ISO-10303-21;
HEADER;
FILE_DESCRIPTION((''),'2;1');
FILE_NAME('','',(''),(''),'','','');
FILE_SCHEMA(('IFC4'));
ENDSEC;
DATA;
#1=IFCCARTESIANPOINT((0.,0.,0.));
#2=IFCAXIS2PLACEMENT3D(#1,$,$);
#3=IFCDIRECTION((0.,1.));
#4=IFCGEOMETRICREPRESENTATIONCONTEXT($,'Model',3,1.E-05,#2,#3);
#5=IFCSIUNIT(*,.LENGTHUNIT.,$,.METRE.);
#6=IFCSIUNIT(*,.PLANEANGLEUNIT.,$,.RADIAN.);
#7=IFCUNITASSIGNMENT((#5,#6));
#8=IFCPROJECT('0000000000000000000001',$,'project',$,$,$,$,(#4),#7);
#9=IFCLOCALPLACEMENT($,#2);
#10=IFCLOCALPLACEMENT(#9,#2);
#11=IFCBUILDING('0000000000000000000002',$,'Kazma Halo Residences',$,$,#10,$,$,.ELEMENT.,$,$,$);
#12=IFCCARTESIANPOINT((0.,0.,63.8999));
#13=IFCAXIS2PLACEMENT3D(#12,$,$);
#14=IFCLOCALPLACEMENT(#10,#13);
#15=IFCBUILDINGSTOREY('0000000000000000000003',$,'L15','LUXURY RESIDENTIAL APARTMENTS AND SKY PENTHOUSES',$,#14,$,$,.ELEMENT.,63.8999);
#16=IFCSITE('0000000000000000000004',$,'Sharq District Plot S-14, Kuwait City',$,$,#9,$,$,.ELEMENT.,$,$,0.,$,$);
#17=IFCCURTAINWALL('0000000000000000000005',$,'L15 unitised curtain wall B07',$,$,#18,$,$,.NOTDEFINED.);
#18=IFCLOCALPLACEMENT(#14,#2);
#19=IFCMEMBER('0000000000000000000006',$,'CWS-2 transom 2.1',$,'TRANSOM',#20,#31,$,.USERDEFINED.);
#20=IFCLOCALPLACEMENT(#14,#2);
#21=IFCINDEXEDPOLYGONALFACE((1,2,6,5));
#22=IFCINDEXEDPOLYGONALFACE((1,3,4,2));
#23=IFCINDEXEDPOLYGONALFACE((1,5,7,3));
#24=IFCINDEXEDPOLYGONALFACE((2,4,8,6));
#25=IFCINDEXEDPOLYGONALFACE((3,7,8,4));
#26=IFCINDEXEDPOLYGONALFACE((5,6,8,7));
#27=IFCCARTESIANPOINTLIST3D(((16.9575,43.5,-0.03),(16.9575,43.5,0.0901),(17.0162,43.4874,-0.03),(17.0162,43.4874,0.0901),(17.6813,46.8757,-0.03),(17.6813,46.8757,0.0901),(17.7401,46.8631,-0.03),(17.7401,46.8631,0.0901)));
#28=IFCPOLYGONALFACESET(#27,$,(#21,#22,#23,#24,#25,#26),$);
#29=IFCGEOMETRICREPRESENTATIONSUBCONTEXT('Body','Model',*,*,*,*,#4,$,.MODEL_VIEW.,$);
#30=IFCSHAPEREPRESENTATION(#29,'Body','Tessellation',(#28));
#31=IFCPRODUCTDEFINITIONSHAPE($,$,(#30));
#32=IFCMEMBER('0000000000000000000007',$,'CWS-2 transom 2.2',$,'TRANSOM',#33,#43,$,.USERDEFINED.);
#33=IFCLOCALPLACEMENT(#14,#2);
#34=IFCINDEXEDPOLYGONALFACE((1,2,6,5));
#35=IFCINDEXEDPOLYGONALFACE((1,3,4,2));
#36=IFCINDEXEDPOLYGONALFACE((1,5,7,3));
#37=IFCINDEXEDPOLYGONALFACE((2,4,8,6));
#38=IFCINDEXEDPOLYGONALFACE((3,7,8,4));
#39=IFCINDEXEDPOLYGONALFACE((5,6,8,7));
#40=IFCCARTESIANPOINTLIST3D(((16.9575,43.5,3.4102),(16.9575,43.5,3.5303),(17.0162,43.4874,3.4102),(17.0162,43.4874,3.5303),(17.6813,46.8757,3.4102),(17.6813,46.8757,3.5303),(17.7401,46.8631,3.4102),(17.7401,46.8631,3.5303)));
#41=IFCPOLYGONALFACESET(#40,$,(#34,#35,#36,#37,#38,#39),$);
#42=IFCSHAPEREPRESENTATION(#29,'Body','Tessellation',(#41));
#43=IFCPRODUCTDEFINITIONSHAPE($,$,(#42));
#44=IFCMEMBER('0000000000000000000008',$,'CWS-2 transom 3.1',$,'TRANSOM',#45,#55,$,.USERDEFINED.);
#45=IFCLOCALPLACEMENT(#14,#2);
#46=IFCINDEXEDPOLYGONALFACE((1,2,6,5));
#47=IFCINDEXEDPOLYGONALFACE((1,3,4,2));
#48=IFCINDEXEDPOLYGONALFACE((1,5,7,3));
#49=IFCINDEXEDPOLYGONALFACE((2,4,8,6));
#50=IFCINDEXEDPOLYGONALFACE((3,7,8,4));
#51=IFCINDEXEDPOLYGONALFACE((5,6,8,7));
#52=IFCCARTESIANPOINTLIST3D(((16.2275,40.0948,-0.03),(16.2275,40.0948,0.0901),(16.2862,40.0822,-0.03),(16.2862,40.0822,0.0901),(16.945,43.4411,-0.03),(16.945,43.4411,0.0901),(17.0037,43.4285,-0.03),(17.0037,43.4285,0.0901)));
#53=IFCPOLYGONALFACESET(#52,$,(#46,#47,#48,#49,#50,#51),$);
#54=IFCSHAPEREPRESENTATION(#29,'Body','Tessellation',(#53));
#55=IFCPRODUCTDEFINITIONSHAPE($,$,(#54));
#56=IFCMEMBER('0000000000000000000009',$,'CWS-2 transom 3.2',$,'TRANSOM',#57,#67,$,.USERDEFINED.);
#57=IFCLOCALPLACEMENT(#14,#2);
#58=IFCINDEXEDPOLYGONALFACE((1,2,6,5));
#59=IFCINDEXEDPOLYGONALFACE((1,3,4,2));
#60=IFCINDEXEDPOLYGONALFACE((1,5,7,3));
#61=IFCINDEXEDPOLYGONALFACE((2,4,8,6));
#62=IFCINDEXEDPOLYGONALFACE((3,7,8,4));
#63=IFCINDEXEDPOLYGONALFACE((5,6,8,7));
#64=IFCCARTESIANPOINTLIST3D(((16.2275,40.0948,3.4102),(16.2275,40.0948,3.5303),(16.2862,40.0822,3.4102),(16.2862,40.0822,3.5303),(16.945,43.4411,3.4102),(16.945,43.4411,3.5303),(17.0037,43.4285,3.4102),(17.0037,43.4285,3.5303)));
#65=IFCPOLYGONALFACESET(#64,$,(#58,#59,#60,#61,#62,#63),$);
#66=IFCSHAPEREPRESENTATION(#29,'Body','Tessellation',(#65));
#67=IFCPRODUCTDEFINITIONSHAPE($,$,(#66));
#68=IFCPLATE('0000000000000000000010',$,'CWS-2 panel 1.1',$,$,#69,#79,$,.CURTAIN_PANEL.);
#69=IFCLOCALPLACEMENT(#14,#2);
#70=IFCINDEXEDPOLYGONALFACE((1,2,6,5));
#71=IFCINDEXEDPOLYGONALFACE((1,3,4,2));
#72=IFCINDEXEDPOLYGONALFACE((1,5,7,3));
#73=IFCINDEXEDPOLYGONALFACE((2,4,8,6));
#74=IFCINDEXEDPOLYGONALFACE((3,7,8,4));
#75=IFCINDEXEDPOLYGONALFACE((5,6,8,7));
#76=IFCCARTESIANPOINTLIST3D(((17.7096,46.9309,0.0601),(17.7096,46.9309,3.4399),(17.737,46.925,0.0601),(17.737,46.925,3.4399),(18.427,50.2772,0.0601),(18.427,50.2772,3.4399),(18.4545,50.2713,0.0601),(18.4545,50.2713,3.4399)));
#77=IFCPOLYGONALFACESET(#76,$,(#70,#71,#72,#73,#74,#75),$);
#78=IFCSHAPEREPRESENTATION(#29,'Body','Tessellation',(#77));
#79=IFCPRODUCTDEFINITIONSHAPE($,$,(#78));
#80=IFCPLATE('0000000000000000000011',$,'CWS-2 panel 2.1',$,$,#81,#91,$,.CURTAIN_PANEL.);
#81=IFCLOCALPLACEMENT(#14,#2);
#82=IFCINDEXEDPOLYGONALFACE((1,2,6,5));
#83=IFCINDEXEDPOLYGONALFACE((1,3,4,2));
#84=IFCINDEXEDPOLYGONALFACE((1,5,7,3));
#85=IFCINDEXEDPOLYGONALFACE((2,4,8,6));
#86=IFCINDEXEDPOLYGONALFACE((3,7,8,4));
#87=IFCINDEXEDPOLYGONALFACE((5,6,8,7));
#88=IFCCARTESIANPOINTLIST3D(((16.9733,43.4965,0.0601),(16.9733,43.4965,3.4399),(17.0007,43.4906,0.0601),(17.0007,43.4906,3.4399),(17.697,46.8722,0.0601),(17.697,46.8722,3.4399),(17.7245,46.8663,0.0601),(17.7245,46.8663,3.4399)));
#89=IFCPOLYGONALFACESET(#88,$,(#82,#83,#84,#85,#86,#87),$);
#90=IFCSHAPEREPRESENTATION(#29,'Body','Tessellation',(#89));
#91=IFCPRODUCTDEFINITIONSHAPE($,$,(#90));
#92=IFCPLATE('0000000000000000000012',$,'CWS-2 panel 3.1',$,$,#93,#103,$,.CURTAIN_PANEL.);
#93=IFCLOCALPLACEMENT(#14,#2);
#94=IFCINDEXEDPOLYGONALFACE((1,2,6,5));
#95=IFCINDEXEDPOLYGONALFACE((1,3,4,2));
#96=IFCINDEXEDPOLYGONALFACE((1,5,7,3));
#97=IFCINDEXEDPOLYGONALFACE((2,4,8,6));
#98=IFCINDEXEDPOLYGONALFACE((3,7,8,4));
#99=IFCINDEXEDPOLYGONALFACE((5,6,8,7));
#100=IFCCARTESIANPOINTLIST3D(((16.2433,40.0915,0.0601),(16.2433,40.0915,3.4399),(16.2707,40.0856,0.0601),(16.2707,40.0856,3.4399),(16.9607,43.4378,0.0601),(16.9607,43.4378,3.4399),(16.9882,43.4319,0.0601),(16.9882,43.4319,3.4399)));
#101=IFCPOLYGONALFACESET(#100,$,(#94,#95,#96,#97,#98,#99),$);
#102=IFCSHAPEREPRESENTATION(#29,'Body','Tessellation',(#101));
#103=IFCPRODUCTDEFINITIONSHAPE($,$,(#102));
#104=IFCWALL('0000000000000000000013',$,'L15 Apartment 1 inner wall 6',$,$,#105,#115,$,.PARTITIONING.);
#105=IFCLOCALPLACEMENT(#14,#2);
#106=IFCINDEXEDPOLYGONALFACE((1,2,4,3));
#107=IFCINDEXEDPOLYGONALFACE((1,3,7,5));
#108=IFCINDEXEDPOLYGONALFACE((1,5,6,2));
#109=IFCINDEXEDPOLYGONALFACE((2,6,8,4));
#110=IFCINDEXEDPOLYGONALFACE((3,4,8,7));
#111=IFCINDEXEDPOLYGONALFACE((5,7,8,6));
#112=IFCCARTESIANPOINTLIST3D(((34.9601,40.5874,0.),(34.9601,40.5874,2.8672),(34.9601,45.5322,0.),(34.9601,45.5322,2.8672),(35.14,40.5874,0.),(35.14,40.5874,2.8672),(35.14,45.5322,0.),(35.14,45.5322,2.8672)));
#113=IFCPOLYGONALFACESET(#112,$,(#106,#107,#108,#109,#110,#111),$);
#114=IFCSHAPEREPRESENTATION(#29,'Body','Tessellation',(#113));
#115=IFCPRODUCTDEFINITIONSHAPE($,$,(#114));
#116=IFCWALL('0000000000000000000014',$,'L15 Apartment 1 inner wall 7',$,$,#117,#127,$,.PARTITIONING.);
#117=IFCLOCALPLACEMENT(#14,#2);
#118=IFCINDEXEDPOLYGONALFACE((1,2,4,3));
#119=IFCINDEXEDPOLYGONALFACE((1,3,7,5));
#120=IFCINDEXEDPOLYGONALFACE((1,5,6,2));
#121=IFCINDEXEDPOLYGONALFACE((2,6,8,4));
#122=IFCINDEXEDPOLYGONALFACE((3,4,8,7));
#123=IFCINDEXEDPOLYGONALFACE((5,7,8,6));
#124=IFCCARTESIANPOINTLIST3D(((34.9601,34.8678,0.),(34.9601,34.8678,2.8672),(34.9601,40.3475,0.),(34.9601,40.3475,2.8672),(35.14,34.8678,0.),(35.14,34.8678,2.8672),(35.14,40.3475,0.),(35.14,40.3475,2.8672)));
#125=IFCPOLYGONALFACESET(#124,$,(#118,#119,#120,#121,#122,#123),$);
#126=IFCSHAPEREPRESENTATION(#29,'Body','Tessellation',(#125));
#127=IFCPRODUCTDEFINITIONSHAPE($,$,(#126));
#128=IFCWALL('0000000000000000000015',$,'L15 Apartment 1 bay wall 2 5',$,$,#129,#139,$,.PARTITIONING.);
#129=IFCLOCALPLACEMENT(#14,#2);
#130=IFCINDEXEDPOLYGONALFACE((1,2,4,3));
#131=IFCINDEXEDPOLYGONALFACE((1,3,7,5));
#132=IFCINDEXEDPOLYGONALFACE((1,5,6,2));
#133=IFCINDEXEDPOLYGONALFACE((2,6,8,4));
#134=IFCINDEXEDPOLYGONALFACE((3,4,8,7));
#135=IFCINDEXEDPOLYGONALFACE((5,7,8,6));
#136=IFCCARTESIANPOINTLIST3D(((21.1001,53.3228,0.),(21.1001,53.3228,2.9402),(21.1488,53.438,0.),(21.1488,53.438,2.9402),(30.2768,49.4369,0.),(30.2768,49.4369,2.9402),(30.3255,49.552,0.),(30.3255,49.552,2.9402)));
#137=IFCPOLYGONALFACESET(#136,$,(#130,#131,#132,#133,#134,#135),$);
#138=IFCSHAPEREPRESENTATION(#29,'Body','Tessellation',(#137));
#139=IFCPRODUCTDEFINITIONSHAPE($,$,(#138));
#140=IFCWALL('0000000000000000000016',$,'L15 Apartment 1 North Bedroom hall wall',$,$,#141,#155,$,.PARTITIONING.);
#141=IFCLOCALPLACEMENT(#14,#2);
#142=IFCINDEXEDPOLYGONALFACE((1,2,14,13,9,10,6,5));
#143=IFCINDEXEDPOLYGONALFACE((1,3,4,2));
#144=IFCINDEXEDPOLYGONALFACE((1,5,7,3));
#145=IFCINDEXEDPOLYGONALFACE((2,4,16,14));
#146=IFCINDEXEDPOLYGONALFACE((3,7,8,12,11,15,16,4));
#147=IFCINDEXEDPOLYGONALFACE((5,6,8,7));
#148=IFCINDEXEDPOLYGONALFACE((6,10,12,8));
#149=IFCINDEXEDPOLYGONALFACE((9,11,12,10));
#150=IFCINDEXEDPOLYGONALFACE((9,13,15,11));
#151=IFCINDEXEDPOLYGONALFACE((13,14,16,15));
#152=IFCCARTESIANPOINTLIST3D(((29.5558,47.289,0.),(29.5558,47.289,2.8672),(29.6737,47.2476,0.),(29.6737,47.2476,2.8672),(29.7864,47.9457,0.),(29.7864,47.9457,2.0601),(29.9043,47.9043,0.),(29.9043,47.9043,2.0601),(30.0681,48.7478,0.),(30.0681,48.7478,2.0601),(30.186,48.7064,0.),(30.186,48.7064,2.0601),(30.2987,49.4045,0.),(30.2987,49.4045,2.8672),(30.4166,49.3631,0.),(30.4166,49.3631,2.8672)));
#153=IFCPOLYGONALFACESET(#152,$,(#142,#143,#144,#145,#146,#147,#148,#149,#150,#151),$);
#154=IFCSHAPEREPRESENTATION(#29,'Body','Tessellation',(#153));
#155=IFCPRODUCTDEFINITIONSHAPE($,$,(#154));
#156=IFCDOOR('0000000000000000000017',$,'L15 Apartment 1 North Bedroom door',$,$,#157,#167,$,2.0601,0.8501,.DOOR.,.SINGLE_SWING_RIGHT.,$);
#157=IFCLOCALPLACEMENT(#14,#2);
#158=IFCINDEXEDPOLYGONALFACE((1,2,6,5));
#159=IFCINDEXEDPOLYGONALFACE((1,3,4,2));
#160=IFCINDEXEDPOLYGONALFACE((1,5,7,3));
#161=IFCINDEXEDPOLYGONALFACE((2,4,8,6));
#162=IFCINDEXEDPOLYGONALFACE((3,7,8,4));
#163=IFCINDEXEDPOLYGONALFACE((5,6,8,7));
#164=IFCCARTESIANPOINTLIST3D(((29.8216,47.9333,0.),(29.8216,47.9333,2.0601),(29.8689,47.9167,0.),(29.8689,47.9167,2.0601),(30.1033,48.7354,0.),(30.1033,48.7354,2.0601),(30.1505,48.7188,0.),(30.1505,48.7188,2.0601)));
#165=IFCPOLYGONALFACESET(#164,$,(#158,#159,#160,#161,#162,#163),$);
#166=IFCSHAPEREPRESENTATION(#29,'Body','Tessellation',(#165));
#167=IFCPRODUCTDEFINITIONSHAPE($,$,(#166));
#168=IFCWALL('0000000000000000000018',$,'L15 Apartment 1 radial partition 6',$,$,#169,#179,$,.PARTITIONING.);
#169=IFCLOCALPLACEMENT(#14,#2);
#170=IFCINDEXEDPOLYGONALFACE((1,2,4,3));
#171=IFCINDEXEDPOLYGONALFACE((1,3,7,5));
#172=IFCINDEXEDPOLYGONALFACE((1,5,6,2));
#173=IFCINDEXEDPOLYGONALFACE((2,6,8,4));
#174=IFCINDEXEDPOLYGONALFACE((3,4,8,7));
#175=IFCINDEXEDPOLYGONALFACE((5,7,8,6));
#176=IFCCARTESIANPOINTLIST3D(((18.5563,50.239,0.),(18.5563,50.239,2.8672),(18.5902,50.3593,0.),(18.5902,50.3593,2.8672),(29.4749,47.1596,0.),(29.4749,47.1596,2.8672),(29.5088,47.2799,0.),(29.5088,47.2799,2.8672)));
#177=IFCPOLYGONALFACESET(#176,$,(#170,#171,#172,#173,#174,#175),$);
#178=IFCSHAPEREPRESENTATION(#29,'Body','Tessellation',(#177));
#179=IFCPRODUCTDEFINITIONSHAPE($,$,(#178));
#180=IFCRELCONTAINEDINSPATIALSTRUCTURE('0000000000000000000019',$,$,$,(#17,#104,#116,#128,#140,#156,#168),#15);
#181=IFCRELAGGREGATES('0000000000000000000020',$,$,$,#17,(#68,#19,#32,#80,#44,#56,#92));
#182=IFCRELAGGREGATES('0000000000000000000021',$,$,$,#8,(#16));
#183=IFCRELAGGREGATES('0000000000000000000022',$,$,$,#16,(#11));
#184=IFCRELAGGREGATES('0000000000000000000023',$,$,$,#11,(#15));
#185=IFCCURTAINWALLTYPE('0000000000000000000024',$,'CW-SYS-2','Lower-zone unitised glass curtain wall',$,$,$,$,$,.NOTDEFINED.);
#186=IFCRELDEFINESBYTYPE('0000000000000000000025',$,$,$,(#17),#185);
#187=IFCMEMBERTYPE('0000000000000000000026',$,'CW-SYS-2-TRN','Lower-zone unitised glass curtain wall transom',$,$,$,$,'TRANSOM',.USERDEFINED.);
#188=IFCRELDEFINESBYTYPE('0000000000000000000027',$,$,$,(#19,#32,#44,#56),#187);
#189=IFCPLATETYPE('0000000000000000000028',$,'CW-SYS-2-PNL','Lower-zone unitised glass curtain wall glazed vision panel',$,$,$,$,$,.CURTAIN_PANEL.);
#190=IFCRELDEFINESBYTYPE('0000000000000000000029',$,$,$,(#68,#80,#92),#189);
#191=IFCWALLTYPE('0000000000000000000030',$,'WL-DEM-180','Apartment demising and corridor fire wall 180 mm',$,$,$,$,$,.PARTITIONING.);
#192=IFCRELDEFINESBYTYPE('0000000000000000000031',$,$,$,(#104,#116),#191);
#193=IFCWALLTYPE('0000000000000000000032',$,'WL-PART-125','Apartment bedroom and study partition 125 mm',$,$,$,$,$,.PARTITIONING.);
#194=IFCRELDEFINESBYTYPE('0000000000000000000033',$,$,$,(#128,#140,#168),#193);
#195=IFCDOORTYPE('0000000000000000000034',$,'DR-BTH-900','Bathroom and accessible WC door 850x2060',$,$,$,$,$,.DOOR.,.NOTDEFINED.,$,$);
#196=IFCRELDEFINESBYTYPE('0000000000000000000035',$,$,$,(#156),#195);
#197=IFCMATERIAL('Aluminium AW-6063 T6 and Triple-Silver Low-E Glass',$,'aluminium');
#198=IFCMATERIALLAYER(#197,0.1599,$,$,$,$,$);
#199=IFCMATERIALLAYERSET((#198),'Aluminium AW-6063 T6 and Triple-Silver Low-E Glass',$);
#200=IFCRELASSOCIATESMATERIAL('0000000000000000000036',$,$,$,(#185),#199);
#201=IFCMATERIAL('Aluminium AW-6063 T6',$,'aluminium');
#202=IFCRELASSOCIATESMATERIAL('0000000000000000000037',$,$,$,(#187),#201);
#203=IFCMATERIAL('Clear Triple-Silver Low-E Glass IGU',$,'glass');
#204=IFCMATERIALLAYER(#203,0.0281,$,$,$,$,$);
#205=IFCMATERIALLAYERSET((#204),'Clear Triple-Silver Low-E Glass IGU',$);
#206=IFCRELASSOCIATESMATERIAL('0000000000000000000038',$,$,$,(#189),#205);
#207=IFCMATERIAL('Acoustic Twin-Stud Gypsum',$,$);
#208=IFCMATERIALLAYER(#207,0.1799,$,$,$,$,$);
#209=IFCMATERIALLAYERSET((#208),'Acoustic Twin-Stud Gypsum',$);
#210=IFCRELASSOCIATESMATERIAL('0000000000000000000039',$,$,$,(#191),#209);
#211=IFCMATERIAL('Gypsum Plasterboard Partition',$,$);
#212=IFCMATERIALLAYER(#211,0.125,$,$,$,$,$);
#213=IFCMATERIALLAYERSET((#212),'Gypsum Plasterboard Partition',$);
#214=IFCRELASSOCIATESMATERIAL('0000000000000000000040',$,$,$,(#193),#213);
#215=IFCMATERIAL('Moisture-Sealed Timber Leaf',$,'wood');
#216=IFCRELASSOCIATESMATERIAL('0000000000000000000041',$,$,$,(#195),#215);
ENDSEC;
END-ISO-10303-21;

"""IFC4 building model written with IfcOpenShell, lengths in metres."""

from ifc_helpers import new_model, si_unit, direction, frame, frame_2d, origin, origin_2d, place, context, subcontext, project, spatial, rectangle, extrude, material, layer, layer_set, material_profile, profile_set, type_object, element, fill, aggregate, save


model = new_model("IFC4")

# Units and contexts
model_context = context("Model", 3, precision=1e-05, world=origin(), true_north=direction((0.0, 1.0)))
body_context = subcontext(model_context, "Body", "Model", "MODEL_VIEW")
ifc_project = project(units=[si_unit("LENGTHUNIT", "METRE"), si_unit("PLANEANGLEUNIT", "RADIAN")], contexts=[model_context])

# Site, building, storey
site_placement = place(None, origin())
site = spatial("IfcSite", under=ifc_project, at=site_placement, Name="Sharq District Plot S-14, Kuwait City", CompositionType="ELEMENT", RefElevation=0.0)
building_placement = place(site_placement, origin())
building = spatial("IfcBuilding", under=site, at=building_placement, Name="Kazma Halo Residences", CompositionType="ELEMENT")
storey_placement = place(building_placement, frame((0.0, 0.0, 63.8999)))
storey = spatial("IfcBuildingStorey", under=building, at=storey_placement, Name="L15", Description="LUXURY RESIDENTIAL APARTMENTS AND SKY PENTHOUSES", CompositionType="ELEMENT", Elevation=63.8999)

# Curtain wall, members, plates
ifc_material_1 = material(Name="Aluminium AW-6063 T6 and Triple-Silver Low-E Glass", Category="aluminium")
ifc_layer_1 = layer(ifc_material_1, 0.1599)
ifc_layer_set_1 = layer_set([ifc_layer_1], Name="Aluminium AW-6063 T6 and Triple-Silver Low-E Glass")
curtain_wall_type = type_object("IfcCurtainWallType", Name="CW-SYS-2", Description="Lower-zone unitised glass curtain wall", PredefinedType="NOTDEFINED", material=ifc_layer_set_1)
curtain_wall_placement = place(storey_placement, origin())
curtain_wall = element("IfcCurtainWall", 1, at=curtain_wall_placement, inside=storey, type_object=curtain_wall_type, Name="L15 unitised curtain wall B07", PredefinedType="NOTDEFINED")
ifc_material_2 = material(Name="Aluminium AW-6063 T6", Category="aluminium")
ifc_material_profile_1 = material_profile(ifc_material_2, rectangle(XDim=0.0601, YDim=0.1201, at=origin_2d()), Name="CWT-60x120")
ifc_profile_set_1 = profile_set([ifc_material_profile_1], Name="Aluminium AW-6063 T6")
member_type_1 = type_object("IfcMemberType", Name="CW-SYS-2-TRN", Description="Lower-zone unitised glass curtain wall transom", ElementType="TRANSOM", PredefinedType="USERDEFINED", material=ifc_profile_set_1)
member_1_placement = place(storey_placement, frame((17.7107, 46.8694, 0.03), z_axis=(-0.209669, -0.977772, 0.0), x_axis=(0.977772, -0.209669, 0.0)))
member_1 = element("IfcMember", 2, at=member_1_placement, type_object=member_type_1, Name="CWS-2 transom 2.1", ObjectType="TRANSOM", PredefinedType="USERDEFINED", context=body_context, shape_type="SweptSolid", body=[
    extrude(rectangle(XDim=0.0601, YDim=0.1201, at=origin_2d()), origin(), (0.0, 0.0, 1.0), 3.4524),
])
member_2_placement = place(storey_placement, frame((17.7107, 46.8694, 3.4702), z_axis=(-0.209669, -0.977772, 0.0), x_axis=(0.977772, -0.209669, 0.0)))
member_2 = element("IfcMember", 3, at=member_2_placement, type_object=member_type_1, Name="CWS-2 transom 2.2", ObjectType="TRANSOM", PredefinedType="USERDEFINED", context=body_context, shape_type="SweptSolid", body=[
    extrude(rectangle(XDim=0.0601, YDim=0.1201, at=origin_2d()), origin(), (0.0, 0.0, 1.0), 3.4524),
])
member_3_placement = place(storey_placement, frame((16.9744, 43.4348, 0.03), z_axis=(-0.209666, -0.977773, 0.0), x_axis=(0.977773, -0.209666, 0.0)))
member_3 = element("IfcMember", 4, at=member_3_placement, type_object=member_type_1, Name="CWS-2 transom 3.1", ObjectType="TRANSOM", PredefinedType="USERDEFINED", context=body_context, shape_type="SweptSolid", body=[
    extrude(rectangle(XDim=0.0601, YDim=0.1201, at=origin_2d()), origin(), (0.0, 0.0, 1.0), 3.4224),
])
member_4_placement = place(storey_placement, frame((16.9744, 43.4348, 3.4702), z_axis=(-0.209666, -0.977773, 0.0), x_axis=(0.977773, -0.209666, 0.0)))
member_4 = element("IfcMember", 5, at=member_4_placement, type_object=member_type_1, Name="CWS-2 transom 3.2", ObjectType="TRANSOM", PredefinedType="USERDEFINED", context=body_context, shape_type="SweptSolid", body=[
    extrude(rectangle(XDim=0.0601, YDim=0.1201, at=origin_2d()), origin(), (0.0, 0.0, 1.0), 3.4224),
])
ifc_material_3 = material(Name="Clear Triple-Silver Low-E Glass IGU", Category="glass")
ifc_layer_2 = layer(ifc_material_3, 0.0281)
ifc_layer_set_2 = layer_set([ifc_layer_2], Name="Clear Triple-Silver Low-E Glass IGU")
plate_type = type_object("IfcPlateType", Name="CW-SYS-2-PNL", Description="Lower-zone unitised glass curtain wall glazed vision panel", PredefinedType="CURTAIN_PANEL", material=ifc_layer_set_2)
plate_1_placement = place(storey_placement, frame((18.082, 48.6011, 0.0601), z_axis=(0.0, 0.0, 1.0), x_axis=(-0.209637, -0.977779, 0.0)))
plate_1 = element("IfcPlate", 6, at=plate_1_placement, type_object=plate_type, Name="CWS-2 panel 1.1", PredefinedType="CURTAIN_PANEL", context=body_context, shape_type="SweptSolid", body=[
    extrude(rectangle(XDim=3.4224, YDim=0.0281, at=origin_2d()), origin(), (0.0, 0.0, 1.0), 3.3799),
])
plate_2_placement = place(storey_placement, frame((17.3489, 45.1814, 0.0601), z_axis=(0.0, 0.0, 1.0), x_axis=(-0.209637, -0.977779, 0.0)))
plate_2 = element("IfcPlate", 7, at=plate_2_placement, type_object=plate_type, Name="CWS-2 panel 2.1", PredefinedType="CURTAIN_PANEL", context=body_context, shape_type="SweptSolid", body=[
    extrude(rectangle(XDim=3.4524, YDim=0.0281, at=origin_2d()), origin(), (0.0, 0.0, 1.0), 3.3799),
])
plate_3_placement = place(storey_placement, frame((16.6157, 41.7617, 0.0601), z_axis=(0.0, 0.0, 1.0), x_axis=(-0.209637, -0.977779, 0.0)))
plate_3 = element("IfcPlate", 8, at=plate_3_placement, type_object=plate_type, Name="CWS-2 panel 3.1", PredefinedType="CURTAIN_PANEL", context=body_context, shape_type="SweptSolid", body=[
    extrude(rectangle(XDim=3.4224, YDim=0.0281, at=origin_2d()), origin(), (0.0, 0.0, 1.0), 3.3799),
])
aggregate(curtain_wall, [plate_1, member_1, member_2, plate_2, member_3, member_4, plate_3])

# Walls
ifc_material_4 = material(Name="Acoustic Twin-Stud Gypsum")
ifc_layer_3 = layer(ifc_material_4, 0.1799)
ifc_layer_set_3 = layer_set([ifc_layer_3], Name="Acoustic Twin-Stud Gypsum")
wall_type_1 = type_object("IfcWallType", Name="WL-DEM-180", Description="Apartment demising and corridor fire wall 180 mm", PredefinedType="PARTITIONING", material=ifc_layer_set_3)
wall_1_placement = place(storey_placement, frame((35.05, 45.5322, 0.0), z_axis=(0.0, 0.0, 1.0), x_axis=(0.0, -1.0, 0.0)))
element("IfcWall", 9, at=wall_1_placement, inside=storey, type_object=wall_type_1, Name="L15 Apartment 1 inner wall 6", PredefinedType="PARTITIONING", context=body_context, shape_type="SweptSolid", body=[
    extrude(rectangle(XDim=4.9448, YDim=0.1799, at=frame_2d((2.4724, 0.0))), origin(), (0.0, 0.0, 1.0), 2.8672),
])
wall_2_placement = place(storey_placement, frame((35.05, 40.3474, 0.0), z_axis=(0.0, 0.0, 1.0), x_axis=(0.0, -1.0, 0.0)))
element("IfcWall", 10, at=wall_2_placement, inside=storey, type_object=wall_type_1, Name="L15 Apartment 1 inner wall 7", PredefinedType="PARTITIONING", context=body_context, shape_type="SweptSolid", body=[
    extrude(rectangle(XDim=5.4797, YDim=0.1799, at=frame_2d((2.7397, 0.0))), origin(), (0.0, 0.0, 1.0), 2.8672),
])
ifc_material_5 = material(Name="Gypsum Plasterboard Partition")
ifc_layer_4 = layer(ifc_material_5, 0.125)
ifc_layer_set_4 = layer_set([ifc_layer_4], Name="Gypsum Plasterboard Partition")
wall_type_2 = type_object("IfcWallType", Name="WL-PART-125", Description="Apartment bedroom and study partition 125 mm", PredefinedType="PARTITIONING", material=ifc_layer_set_4)
wall_3_placement = place(storey_placement, frame((30.3013, 49.4944, 0.0), z_axis=(0.0, 0.0, 1.0), x_axis=(-0.920841, 0.389939, 0.0)))
element("IfcWall", 11, at=wall_3_placement, inside=storey, type_object=wall_type_2, Name="L15 Apartment 1 bay wall 2 5", PredefinedType="PARTITIONING", context=body_context, shape_type="SweptSolid", body=[
    extrude(rectangle(XDim=9.9656, YDim=0.125, at=frame_2d((4.9829, 0.0))), origin(), (0.0, 0.0, 1.0), 2.9402),
])

# Wall, opening, door
wall_4_placement = place(storey_placement, frame((30.3577, 49.3838, 0.0), z_axis=(0.0, 0.0, 1.0), x_axis=(-0.331345, -0.94351, 0.0)))
wall_4 = element("IfcWall", 12, at=wall_4_placement, inside=storey, type_object=wall_type_2, Name="L15 Apartment 1 North Bedroom hall wall", PredefinedType="PARTITIONING", context=body_context, shape_type="SweptSolid", body=[
    extrude(rectangle(XDim=2.2422, YDim=0.125, at=frame_2d((1.1211, 0.0))), origin(), (0.0, 0.0, 1.0), 2.8672),
])
opening_1_placement = place(wall_4_placement, frame((0.696, 0.0, 0.0)))
opening_1 = element("IfcOpeningElement", 13, at=opening_1_placement, cuts=wall_4, PredefinedType="OPENING", context=body_context, shape_type="SweptSolid", body=[
    extrude(rectangle(XDim=0.8501, YDim=2.0601, at=frame_2d((0.425, 1.03))), frame((0.0, 0.0725, 0.0), z_axis=(0.0, -1.0, 0.0), x_axis=(1.0, 0.0, 0.0)), (0.0, 0.0, 1.0), 0.145),
])
ifc_material_6 = material(Name="Moisture-Sealed Timber Leaf", Category="wood")
door_type = type_object("IfcDoorType", Name="DR-BTH-900", Description="Bathroom and accessible WC door 850x2060", OperationType="NOTDEFINED", PredefinedType="DOOR", material=ifc_material_6)
door_1_placement = place(opening_1_placement, origin())
door_1 = element("IfcDoor", 14, at=door_1_placement, inside=storey, type_object=door_type, Name="L15 Apartment 1 North Bedroom door", OperationType="SINGLE_SWING_RIGHT", OverallHeight=2.0601, OverallWidth=0.8501, PredefinedType="DOOR", context=body_context, shape_type="SweptSolid", body=[
    extrude(rectangle(XDim=0.8501, YDim=2.0601, at=frame_2d((0.425, 1.03))), frame((0.0, 0.0249, 0.0), z_axis=(0.0, -1.0, 0.0), x_axis=(1.0, 0.0, 0.0)), (0.0, 0.0, 1.0), 0.05),
])
fill(opening_1, door_1)

# Wall
wall_5_placement = place(storey_placement, frame((29.4919, 47.2197, 0.0), z_axis=(0.0, 0.0, 1.0), x_axis=(-0.962455, 0.271442, 0.0)))
element("IfcWall", 15, at=wall_5_placement, inside=storey, type_object=wall_type_2, Name="L15 Apartment 1 radial partition 6", PredefinedType="PARTITIONING", context=body_context, shape_type="SweptSolid", body=[
    extrude(rectangle(XDim=11.3445, YDim=0.125, at=frame_2d((5.6724, 0.0))), origin(), (0.0, 0.0, 1.0), 2.8672),
])

save(model, "model.ifc")
